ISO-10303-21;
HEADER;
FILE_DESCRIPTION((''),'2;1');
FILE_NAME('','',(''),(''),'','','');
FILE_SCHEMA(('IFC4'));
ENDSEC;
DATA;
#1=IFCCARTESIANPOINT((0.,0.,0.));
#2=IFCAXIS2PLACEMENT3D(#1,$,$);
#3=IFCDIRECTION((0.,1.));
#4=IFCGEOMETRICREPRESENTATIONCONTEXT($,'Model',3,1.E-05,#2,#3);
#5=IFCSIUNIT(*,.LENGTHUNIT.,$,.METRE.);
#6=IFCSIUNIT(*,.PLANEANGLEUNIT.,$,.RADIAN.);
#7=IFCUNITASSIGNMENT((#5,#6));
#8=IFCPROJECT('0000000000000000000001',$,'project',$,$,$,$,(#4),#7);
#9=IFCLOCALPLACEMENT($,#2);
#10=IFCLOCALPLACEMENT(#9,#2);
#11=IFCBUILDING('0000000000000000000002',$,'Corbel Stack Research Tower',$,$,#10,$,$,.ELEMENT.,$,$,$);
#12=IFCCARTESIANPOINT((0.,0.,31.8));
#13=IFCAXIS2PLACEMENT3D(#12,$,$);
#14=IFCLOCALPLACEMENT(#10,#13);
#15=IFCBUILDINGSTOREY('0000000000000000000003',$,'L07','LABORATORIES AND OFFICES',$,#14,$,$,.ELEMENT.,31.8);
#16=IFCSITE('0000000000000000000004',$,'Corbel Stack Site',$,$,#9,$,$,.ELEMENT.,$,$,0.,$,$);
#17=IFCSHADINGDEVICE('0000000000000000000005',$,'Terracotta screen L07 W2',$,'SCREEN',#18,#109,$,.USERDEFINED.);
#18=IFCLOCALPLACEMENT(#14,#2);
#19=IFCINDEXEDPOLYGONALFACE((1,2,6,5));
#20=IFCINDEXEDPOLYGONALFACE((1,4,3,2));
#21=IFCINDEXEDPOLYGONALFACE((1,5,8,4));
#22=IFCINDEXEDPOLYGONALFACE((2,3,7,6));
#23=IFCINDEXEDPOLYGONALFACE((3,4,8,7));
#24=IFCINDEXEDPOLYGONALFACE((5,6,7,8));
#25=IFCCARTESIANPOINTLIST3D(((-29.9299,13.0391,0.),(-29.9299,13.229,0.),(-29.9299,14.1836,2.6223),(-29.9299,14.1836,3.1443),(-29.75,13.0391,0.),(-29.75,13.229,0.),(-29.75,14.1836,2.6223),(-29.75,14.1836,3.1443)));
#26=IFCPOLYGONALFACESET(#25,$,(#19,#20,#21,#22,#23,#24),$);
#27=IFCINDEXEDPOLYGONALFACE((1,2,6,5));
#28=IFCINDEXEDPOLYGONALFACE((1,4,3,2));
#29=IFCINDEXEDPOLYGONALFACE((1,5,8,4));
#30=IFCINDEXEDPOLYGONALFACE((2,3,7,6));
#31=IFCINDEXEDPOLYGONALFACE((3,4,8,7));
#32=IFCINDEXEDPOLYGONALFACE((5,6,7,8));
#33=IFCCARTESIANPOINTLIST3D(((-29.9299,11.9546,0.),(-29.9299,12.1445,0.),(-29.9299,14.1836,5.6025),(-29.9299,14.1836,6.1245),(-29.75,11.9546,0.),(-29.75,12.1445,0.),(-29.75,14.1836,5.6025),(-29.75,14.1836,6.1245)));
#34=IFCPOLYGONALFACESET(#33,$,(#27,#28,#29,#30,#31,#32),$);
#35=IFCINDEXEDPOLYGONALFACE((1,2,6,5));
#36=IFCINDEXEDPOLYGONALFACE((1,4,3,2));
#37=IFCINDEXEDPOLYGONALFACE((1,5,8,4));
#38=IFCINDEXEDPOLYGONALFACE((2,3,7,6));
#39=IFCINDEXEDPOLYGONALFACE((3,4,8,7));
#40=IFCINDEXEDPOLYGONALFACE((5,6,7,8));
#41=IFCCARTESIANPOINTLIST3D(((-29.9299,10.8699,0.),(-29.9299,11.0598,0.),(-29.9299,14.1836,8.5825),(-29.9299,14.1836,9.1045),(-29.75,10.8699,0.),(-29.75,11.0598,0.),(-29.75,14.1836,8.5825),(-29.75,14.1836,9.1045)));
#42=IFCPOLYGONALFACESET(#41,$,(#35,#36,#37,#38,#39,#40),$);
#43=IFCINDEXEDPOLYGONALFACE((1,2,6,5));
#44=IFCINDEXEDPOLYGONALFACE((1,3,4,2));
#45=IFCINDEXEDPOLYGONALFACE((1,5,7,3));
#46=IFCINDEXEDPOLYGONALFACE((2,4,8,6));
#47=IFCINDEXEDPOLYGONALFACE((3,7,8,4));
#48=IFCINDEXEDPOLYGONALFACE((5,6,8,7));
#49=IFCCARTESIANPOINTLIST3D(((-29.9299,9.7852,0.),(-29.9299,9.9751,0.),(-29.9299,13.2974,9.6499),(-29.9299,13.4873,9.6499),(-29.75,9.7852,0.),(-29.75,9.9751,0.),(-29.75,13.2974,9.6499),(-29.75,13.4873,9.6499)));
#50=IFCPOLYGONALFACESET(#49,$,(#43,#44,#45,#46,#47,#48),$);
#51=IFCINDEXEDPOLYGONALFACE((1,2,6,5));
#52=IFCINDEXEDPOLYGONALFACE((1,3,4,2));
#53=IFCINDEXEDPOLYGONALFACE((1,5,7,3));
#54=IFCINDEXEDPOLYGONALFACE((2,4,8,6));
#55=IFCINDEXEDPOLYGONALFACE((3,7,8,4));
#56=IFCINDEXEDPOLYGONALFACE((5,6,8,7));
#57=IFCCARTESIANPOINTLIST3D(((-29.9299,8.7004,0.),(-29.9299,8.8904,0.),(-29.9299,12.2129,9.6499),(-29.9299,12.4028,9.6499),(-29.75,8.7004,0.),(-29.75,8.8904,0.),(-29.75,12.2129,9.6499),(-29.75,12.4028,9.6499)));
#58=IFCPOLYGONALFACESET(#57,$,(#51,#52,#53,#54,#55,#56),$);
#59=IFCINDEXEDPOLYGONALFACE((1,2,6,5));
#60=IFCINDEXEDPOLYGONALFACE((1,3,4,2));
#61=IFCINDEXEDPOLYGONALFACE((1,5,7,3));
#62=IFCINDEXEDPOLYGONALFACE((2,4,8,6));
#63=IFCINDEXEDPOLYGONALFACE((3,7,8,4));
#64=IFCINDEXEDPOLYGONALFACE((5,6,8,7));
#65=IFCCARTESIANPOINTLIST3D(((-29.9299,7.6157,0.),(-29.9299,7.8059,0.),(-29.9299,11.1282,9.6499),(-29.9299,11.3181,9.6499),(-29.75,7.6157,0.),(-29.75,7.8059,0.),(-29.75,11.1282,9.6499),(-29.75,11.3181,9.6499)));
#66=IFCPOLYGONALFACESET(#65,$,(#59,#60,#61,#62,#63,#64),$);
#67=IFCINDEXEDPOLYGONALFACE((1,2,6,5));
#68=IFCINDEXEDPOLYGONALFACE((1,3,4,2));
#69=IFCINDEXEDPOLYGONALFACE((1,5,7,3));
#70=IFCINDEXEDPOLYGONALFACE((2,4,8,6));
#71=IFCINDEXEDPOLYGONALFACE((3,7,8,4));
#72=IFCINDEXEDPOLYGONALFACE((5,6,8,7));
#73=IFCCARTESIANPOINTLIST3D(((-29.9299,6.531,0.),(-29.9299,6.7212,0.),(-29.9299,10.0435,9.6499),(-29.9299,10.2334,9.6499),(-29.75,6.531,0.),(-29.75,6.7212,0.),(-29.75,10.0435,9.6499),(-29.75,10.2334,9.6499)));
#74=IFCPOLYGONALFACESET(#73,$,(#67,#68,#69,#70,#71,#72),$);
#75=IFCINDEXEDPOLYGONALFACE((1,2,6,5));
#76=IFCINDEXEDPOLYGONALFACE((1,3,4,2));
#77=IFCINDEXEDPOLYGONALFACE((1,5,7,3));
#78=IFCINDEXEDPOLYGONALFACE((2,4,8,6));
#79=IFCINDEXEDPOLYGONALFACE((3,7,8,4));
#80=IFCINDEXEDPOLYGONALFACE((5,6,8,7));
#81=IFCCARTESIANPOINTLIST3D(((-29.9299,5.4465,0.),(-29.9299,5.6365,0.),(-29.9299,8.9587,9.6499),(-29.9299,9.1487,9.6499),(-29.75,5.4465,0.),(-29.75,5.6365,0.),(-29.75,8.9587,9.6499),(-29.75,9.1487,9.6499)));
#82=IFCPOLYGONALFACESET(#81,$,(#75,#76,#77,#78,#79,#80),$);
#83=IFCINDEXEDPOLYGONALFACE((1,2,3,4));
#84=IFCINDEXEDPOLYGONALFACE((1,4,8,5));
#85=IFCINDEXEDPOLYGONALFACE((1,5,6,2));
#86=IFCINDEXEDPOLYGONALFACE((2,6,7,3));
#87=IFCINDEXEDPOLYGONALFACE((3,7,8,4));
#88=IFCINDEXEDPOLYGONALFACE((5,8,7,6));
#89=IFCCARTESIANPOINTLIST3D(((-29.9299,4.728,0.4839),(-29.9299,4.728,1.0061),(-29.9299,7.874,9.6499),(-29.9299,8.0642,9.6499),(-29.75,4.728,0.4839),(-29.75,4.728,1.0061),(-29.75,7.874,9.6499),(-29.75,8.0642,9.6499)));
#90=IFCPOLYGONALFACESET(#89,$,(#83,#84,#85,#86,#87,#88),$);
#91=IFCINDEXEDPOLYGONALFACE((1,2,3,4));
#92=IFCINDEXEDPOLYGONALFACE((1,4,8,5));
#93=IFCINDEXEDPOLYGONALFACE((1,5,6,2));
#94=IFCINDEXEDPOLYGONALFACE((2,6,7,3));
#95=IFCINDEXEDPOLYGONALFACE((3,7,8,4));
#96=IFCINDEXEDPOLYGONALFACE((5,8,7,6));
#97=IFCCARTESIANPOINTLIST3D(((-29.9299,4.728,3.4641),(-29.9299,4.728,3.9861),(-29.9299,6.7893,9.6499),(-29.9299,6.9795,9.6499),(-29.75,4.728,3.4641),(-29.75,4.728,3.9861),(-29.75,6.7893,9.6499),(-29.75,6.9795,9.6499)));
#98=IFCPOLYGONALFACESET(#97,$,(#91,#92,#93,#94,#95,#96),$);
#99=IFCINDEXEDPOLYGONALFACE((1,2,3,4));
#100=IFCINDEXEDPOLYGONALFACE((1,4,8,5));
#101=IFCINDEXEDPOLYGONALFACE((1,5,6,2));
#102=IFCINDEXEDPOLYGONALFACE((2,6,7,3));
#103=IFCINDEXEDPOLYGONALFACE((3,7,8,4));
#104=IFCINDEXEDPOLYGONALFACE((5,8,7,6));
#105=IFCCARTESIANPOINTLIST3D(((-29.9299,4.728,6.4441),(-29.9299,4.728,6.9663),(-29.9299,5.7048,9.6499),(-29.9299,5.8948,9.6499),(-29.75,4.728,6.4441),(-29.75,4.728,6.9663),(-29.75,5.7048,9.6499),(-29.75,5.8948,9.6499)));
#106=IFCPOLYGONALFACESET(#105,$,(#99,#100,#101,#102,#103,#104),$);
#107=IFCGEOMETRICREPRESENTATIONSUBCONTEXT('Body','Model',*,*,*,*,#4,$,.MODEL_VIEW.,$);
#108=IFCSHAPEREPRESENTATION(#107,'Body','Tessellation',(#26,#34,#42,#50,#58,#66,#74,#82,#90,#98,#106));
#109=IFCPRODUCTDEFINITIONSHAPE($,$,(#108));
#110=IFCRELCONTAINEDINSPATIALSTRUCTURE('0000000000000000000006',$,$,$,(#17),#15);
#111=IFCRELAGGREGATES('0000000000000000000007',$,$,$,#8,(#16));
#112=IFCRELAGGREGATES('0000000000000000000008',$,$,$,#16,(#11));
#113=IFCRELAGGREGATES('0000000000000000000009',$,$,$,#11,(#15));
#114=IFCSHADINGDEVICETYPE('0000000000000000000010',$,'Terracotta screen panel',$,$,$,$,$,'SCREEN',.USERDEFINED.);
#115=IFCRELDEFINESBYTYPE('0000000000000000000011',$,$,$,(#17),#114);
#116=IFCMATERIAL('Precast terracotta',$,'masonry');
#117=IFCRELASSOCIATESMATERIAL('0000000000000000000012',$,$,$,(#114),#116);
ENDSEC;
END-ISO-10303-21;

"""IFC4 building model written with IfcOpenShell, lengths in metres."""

from ifc_helpers import new_model, si_unit, direction, frame, origin, place, context, subcontext, project, spatial, polyline, outline, extrude, source, transform, mapped, material, type_object, element, save


model = new_model("IFC4")

# Units and contexts
model_context = context("Model", 3, precision=1e-05, world=origin(), true_north=direction((0.0, 1.0)))
body_context = subcontext(model_context, "Body", "Model", "MODEL_VIEW")
ifc_project = project(units=[si_unit("LENGTHUNIT", "METRE"), si_unit("PLANEANGLEUNIT", "RADIAN")], contexts=[model_context])

# Site, building, storey
site_placement = place(None, origin())
site = spatial("IfcSite", under=ifc_project, at=site_placement, Name="Corbel Stack Site", CompositionType="ELEMENT", RefElevation=0.0)
building_placement = place(site_placement, origin())
building = spatial("IfcBuilding", under=site, at=building_placement, Name="Corbel Stack Research Tower", CompositionType="ELEMENT")
storey_placement = place(building_placement, frame((0.0, 0.0, 31.8)))
storey = spatial("IfcBuildingStorey", under=building, at=storey_placement, Name="L07", Description="LABORATORIES AND OFFICES", CompositionType="ELEMENT", Elevation=31.8)

# Shading device
ifc_material_1 = material(Name="Precast terracotta", Category="masonry")
shading_device_type = type_object("IfcShadingDeviceType", Name="Terracotta screen panel", ElementType="SCREEN", PredefinedType="USERDEFINED", material=ifc_material_1)
shared_shape_1 = source(origin(), body_context, "Body", "SweptSolid", [
    extrude(outline(polyline([(1.1445, 0.0), (0.0, 3.1443), (0.0, 2.6223), (0.9546, 0.0), (1.1445, 0.0)])), frame((0.0, 0.0, 0.0), z_axis=(0.0, -1.0, 0.0), x_axis=(1.0, 0.0, 0.0)), (0.0, 0.0, 1.0), 0.1799),
    extrude(outline(polyline([(2.229, 0.0), (0.0, 6.1245), (0.0, 5.6025), (2.0391, 0.0), (2.229, 0.0)])), frame((0.0, 0.0, 0.0), z_axis=(0.0, -1.0, 0.0), x_axis=(1.0, 0.0, 0.0)), (0.0, 0.0, 1.0), 0.1799),
    extrude(outline(polyline([(3.3137, 0.0), (0.0, 9.1045), (0.0, 8.5825), (3.1238, 0.0), (3.3137, 0.0)])), frame((0.0, 0.0, 0.0), z_axis=(0.0, -1.0, 0.0), x_axis=(1.0, 0.0, 0.0)), (0.0, 0.0, 1.0), 0.1799),
    extrude(outline(polyline([(4.3984, 0.0), (0.8862, 9.6499), (0.6963, 9.6499), (4.2085, 0.0), (4.3984, 0.0)])), frame((0.0, 0.0, 0.0), z_axis=(0.0, -1.0, 0.0), x_axis=(1.0, 0.0, 0.0)), (0.0, 0.0, 1.0), 0.1799),
    extrude(outline(polyline([(5.4832, 0.0), (1.9707, 9.6499), (1.7808, 9.6499), (5.2932, 0.0), (5.4832, 0.0)])), frame((0.0, 0.0, 0.0), z_axis=(0.0, -1.0, 0.0), x_axis=(1.0, 0.0, 0.0)), (0.0, 0.0, 1.0), 0.1799),
    extrude(outline(polyline([(6.5679, 0.0), (3.0554, 9.6499), (2.8655, 9.6499), (6.3777, 0.0), (6.5679, 0.0)])), frame((0.0, 0.0, 0.0), z_axis=(0.0, -1.0, 0.0), x_axis=(1.0, 0.0, 0.0)), (0.0, 0.0, 1.0), 0.1799),
    extrude(outline(polyline([(7.6526, 0.0), (4.1401, 9.6499), (3.9502, 9.6499), (7.4624, 0.0), (7.6526, 0.0)])), frame((0.0, 0.0, 0.0), z_axis=(0.0, -1.0, 0.0), x_axis=(1.0, 0.0, 0.0)), (0.0, 0.0, 1.0), 0.1799),
    extrude(outline(polyline([(8.7371, 0.0), (5.2249, 9.6499), (5.0349, 9.6499), (8.5471, 0.0), (8.7371, 0.0)])), frame((0.0, 0.0, 0.0), z_axis=(0.0, -1.0, 0.0), x_axis=(1.0, 0.0, 0.0)), (0.0, 0.0, 1.0), 0.1799),
    extrude(outline(polyline([(6.3096, 9.6499), (6.1194, 9.6499), (9.4556, 0.4839), (9.4556, 1.0061), (6.3096, 9.6499)])), frame((0.0, 0.0, 0.0), z_axis=(0.0, -1.0, 0.0), x_axis=(1.0, 0.0, 0.0)), (0.0, 0.0, 1.0), 0.1799),
    extrude(outline(polyline([(7.3943, 9.6499), (7.2041, 9.6499), (9.4556, 3.4641), (9.4556, 3.9861), (7.3943, 9.6499)])), frame((0.0, 0.0, 0.0), z_axis=(0.0, -1.0, 0.0), x_axis=(1.0, 0.0, 0.0)), (0.0, 0.0, 1.0), 0.1799),
    extrude(outline(polyline([(8.4788, 9.6499), (8.2888, 9.6499), (9.4556, 6.4441), (9.4556, 6.9663), (8.4788, 9.6499)])), frame((0.0, 0.0, 0.0), z_axis=(0.0, -1.0, 0.0), x_axis=(1.0, 0.0, 0.0)), (0.0, 0.0, 1.0), 0.1799),
])
shading_device_1_placement = place(storey_placement, frame((-29.75, 14.1836, 0.0), z_axis=(0.0, 0.0, 1.0), x_axis=(0.0, -1.0, 0.0)))
element("IfcShadingDevice", 1, at=shading_device_1_placement, inside=storey, type_object=shading_device_type, Name="Terracotta screen L07 W2", ObjectType="SCREEN", PredefinedType="USERDEFINED", context=body_context, shape_type="MappedRepresentation", body=[
    mapped(shared_shape_1, transform((0.0, 0.0, 0.0))),
])

save(model, "model.ifc")
